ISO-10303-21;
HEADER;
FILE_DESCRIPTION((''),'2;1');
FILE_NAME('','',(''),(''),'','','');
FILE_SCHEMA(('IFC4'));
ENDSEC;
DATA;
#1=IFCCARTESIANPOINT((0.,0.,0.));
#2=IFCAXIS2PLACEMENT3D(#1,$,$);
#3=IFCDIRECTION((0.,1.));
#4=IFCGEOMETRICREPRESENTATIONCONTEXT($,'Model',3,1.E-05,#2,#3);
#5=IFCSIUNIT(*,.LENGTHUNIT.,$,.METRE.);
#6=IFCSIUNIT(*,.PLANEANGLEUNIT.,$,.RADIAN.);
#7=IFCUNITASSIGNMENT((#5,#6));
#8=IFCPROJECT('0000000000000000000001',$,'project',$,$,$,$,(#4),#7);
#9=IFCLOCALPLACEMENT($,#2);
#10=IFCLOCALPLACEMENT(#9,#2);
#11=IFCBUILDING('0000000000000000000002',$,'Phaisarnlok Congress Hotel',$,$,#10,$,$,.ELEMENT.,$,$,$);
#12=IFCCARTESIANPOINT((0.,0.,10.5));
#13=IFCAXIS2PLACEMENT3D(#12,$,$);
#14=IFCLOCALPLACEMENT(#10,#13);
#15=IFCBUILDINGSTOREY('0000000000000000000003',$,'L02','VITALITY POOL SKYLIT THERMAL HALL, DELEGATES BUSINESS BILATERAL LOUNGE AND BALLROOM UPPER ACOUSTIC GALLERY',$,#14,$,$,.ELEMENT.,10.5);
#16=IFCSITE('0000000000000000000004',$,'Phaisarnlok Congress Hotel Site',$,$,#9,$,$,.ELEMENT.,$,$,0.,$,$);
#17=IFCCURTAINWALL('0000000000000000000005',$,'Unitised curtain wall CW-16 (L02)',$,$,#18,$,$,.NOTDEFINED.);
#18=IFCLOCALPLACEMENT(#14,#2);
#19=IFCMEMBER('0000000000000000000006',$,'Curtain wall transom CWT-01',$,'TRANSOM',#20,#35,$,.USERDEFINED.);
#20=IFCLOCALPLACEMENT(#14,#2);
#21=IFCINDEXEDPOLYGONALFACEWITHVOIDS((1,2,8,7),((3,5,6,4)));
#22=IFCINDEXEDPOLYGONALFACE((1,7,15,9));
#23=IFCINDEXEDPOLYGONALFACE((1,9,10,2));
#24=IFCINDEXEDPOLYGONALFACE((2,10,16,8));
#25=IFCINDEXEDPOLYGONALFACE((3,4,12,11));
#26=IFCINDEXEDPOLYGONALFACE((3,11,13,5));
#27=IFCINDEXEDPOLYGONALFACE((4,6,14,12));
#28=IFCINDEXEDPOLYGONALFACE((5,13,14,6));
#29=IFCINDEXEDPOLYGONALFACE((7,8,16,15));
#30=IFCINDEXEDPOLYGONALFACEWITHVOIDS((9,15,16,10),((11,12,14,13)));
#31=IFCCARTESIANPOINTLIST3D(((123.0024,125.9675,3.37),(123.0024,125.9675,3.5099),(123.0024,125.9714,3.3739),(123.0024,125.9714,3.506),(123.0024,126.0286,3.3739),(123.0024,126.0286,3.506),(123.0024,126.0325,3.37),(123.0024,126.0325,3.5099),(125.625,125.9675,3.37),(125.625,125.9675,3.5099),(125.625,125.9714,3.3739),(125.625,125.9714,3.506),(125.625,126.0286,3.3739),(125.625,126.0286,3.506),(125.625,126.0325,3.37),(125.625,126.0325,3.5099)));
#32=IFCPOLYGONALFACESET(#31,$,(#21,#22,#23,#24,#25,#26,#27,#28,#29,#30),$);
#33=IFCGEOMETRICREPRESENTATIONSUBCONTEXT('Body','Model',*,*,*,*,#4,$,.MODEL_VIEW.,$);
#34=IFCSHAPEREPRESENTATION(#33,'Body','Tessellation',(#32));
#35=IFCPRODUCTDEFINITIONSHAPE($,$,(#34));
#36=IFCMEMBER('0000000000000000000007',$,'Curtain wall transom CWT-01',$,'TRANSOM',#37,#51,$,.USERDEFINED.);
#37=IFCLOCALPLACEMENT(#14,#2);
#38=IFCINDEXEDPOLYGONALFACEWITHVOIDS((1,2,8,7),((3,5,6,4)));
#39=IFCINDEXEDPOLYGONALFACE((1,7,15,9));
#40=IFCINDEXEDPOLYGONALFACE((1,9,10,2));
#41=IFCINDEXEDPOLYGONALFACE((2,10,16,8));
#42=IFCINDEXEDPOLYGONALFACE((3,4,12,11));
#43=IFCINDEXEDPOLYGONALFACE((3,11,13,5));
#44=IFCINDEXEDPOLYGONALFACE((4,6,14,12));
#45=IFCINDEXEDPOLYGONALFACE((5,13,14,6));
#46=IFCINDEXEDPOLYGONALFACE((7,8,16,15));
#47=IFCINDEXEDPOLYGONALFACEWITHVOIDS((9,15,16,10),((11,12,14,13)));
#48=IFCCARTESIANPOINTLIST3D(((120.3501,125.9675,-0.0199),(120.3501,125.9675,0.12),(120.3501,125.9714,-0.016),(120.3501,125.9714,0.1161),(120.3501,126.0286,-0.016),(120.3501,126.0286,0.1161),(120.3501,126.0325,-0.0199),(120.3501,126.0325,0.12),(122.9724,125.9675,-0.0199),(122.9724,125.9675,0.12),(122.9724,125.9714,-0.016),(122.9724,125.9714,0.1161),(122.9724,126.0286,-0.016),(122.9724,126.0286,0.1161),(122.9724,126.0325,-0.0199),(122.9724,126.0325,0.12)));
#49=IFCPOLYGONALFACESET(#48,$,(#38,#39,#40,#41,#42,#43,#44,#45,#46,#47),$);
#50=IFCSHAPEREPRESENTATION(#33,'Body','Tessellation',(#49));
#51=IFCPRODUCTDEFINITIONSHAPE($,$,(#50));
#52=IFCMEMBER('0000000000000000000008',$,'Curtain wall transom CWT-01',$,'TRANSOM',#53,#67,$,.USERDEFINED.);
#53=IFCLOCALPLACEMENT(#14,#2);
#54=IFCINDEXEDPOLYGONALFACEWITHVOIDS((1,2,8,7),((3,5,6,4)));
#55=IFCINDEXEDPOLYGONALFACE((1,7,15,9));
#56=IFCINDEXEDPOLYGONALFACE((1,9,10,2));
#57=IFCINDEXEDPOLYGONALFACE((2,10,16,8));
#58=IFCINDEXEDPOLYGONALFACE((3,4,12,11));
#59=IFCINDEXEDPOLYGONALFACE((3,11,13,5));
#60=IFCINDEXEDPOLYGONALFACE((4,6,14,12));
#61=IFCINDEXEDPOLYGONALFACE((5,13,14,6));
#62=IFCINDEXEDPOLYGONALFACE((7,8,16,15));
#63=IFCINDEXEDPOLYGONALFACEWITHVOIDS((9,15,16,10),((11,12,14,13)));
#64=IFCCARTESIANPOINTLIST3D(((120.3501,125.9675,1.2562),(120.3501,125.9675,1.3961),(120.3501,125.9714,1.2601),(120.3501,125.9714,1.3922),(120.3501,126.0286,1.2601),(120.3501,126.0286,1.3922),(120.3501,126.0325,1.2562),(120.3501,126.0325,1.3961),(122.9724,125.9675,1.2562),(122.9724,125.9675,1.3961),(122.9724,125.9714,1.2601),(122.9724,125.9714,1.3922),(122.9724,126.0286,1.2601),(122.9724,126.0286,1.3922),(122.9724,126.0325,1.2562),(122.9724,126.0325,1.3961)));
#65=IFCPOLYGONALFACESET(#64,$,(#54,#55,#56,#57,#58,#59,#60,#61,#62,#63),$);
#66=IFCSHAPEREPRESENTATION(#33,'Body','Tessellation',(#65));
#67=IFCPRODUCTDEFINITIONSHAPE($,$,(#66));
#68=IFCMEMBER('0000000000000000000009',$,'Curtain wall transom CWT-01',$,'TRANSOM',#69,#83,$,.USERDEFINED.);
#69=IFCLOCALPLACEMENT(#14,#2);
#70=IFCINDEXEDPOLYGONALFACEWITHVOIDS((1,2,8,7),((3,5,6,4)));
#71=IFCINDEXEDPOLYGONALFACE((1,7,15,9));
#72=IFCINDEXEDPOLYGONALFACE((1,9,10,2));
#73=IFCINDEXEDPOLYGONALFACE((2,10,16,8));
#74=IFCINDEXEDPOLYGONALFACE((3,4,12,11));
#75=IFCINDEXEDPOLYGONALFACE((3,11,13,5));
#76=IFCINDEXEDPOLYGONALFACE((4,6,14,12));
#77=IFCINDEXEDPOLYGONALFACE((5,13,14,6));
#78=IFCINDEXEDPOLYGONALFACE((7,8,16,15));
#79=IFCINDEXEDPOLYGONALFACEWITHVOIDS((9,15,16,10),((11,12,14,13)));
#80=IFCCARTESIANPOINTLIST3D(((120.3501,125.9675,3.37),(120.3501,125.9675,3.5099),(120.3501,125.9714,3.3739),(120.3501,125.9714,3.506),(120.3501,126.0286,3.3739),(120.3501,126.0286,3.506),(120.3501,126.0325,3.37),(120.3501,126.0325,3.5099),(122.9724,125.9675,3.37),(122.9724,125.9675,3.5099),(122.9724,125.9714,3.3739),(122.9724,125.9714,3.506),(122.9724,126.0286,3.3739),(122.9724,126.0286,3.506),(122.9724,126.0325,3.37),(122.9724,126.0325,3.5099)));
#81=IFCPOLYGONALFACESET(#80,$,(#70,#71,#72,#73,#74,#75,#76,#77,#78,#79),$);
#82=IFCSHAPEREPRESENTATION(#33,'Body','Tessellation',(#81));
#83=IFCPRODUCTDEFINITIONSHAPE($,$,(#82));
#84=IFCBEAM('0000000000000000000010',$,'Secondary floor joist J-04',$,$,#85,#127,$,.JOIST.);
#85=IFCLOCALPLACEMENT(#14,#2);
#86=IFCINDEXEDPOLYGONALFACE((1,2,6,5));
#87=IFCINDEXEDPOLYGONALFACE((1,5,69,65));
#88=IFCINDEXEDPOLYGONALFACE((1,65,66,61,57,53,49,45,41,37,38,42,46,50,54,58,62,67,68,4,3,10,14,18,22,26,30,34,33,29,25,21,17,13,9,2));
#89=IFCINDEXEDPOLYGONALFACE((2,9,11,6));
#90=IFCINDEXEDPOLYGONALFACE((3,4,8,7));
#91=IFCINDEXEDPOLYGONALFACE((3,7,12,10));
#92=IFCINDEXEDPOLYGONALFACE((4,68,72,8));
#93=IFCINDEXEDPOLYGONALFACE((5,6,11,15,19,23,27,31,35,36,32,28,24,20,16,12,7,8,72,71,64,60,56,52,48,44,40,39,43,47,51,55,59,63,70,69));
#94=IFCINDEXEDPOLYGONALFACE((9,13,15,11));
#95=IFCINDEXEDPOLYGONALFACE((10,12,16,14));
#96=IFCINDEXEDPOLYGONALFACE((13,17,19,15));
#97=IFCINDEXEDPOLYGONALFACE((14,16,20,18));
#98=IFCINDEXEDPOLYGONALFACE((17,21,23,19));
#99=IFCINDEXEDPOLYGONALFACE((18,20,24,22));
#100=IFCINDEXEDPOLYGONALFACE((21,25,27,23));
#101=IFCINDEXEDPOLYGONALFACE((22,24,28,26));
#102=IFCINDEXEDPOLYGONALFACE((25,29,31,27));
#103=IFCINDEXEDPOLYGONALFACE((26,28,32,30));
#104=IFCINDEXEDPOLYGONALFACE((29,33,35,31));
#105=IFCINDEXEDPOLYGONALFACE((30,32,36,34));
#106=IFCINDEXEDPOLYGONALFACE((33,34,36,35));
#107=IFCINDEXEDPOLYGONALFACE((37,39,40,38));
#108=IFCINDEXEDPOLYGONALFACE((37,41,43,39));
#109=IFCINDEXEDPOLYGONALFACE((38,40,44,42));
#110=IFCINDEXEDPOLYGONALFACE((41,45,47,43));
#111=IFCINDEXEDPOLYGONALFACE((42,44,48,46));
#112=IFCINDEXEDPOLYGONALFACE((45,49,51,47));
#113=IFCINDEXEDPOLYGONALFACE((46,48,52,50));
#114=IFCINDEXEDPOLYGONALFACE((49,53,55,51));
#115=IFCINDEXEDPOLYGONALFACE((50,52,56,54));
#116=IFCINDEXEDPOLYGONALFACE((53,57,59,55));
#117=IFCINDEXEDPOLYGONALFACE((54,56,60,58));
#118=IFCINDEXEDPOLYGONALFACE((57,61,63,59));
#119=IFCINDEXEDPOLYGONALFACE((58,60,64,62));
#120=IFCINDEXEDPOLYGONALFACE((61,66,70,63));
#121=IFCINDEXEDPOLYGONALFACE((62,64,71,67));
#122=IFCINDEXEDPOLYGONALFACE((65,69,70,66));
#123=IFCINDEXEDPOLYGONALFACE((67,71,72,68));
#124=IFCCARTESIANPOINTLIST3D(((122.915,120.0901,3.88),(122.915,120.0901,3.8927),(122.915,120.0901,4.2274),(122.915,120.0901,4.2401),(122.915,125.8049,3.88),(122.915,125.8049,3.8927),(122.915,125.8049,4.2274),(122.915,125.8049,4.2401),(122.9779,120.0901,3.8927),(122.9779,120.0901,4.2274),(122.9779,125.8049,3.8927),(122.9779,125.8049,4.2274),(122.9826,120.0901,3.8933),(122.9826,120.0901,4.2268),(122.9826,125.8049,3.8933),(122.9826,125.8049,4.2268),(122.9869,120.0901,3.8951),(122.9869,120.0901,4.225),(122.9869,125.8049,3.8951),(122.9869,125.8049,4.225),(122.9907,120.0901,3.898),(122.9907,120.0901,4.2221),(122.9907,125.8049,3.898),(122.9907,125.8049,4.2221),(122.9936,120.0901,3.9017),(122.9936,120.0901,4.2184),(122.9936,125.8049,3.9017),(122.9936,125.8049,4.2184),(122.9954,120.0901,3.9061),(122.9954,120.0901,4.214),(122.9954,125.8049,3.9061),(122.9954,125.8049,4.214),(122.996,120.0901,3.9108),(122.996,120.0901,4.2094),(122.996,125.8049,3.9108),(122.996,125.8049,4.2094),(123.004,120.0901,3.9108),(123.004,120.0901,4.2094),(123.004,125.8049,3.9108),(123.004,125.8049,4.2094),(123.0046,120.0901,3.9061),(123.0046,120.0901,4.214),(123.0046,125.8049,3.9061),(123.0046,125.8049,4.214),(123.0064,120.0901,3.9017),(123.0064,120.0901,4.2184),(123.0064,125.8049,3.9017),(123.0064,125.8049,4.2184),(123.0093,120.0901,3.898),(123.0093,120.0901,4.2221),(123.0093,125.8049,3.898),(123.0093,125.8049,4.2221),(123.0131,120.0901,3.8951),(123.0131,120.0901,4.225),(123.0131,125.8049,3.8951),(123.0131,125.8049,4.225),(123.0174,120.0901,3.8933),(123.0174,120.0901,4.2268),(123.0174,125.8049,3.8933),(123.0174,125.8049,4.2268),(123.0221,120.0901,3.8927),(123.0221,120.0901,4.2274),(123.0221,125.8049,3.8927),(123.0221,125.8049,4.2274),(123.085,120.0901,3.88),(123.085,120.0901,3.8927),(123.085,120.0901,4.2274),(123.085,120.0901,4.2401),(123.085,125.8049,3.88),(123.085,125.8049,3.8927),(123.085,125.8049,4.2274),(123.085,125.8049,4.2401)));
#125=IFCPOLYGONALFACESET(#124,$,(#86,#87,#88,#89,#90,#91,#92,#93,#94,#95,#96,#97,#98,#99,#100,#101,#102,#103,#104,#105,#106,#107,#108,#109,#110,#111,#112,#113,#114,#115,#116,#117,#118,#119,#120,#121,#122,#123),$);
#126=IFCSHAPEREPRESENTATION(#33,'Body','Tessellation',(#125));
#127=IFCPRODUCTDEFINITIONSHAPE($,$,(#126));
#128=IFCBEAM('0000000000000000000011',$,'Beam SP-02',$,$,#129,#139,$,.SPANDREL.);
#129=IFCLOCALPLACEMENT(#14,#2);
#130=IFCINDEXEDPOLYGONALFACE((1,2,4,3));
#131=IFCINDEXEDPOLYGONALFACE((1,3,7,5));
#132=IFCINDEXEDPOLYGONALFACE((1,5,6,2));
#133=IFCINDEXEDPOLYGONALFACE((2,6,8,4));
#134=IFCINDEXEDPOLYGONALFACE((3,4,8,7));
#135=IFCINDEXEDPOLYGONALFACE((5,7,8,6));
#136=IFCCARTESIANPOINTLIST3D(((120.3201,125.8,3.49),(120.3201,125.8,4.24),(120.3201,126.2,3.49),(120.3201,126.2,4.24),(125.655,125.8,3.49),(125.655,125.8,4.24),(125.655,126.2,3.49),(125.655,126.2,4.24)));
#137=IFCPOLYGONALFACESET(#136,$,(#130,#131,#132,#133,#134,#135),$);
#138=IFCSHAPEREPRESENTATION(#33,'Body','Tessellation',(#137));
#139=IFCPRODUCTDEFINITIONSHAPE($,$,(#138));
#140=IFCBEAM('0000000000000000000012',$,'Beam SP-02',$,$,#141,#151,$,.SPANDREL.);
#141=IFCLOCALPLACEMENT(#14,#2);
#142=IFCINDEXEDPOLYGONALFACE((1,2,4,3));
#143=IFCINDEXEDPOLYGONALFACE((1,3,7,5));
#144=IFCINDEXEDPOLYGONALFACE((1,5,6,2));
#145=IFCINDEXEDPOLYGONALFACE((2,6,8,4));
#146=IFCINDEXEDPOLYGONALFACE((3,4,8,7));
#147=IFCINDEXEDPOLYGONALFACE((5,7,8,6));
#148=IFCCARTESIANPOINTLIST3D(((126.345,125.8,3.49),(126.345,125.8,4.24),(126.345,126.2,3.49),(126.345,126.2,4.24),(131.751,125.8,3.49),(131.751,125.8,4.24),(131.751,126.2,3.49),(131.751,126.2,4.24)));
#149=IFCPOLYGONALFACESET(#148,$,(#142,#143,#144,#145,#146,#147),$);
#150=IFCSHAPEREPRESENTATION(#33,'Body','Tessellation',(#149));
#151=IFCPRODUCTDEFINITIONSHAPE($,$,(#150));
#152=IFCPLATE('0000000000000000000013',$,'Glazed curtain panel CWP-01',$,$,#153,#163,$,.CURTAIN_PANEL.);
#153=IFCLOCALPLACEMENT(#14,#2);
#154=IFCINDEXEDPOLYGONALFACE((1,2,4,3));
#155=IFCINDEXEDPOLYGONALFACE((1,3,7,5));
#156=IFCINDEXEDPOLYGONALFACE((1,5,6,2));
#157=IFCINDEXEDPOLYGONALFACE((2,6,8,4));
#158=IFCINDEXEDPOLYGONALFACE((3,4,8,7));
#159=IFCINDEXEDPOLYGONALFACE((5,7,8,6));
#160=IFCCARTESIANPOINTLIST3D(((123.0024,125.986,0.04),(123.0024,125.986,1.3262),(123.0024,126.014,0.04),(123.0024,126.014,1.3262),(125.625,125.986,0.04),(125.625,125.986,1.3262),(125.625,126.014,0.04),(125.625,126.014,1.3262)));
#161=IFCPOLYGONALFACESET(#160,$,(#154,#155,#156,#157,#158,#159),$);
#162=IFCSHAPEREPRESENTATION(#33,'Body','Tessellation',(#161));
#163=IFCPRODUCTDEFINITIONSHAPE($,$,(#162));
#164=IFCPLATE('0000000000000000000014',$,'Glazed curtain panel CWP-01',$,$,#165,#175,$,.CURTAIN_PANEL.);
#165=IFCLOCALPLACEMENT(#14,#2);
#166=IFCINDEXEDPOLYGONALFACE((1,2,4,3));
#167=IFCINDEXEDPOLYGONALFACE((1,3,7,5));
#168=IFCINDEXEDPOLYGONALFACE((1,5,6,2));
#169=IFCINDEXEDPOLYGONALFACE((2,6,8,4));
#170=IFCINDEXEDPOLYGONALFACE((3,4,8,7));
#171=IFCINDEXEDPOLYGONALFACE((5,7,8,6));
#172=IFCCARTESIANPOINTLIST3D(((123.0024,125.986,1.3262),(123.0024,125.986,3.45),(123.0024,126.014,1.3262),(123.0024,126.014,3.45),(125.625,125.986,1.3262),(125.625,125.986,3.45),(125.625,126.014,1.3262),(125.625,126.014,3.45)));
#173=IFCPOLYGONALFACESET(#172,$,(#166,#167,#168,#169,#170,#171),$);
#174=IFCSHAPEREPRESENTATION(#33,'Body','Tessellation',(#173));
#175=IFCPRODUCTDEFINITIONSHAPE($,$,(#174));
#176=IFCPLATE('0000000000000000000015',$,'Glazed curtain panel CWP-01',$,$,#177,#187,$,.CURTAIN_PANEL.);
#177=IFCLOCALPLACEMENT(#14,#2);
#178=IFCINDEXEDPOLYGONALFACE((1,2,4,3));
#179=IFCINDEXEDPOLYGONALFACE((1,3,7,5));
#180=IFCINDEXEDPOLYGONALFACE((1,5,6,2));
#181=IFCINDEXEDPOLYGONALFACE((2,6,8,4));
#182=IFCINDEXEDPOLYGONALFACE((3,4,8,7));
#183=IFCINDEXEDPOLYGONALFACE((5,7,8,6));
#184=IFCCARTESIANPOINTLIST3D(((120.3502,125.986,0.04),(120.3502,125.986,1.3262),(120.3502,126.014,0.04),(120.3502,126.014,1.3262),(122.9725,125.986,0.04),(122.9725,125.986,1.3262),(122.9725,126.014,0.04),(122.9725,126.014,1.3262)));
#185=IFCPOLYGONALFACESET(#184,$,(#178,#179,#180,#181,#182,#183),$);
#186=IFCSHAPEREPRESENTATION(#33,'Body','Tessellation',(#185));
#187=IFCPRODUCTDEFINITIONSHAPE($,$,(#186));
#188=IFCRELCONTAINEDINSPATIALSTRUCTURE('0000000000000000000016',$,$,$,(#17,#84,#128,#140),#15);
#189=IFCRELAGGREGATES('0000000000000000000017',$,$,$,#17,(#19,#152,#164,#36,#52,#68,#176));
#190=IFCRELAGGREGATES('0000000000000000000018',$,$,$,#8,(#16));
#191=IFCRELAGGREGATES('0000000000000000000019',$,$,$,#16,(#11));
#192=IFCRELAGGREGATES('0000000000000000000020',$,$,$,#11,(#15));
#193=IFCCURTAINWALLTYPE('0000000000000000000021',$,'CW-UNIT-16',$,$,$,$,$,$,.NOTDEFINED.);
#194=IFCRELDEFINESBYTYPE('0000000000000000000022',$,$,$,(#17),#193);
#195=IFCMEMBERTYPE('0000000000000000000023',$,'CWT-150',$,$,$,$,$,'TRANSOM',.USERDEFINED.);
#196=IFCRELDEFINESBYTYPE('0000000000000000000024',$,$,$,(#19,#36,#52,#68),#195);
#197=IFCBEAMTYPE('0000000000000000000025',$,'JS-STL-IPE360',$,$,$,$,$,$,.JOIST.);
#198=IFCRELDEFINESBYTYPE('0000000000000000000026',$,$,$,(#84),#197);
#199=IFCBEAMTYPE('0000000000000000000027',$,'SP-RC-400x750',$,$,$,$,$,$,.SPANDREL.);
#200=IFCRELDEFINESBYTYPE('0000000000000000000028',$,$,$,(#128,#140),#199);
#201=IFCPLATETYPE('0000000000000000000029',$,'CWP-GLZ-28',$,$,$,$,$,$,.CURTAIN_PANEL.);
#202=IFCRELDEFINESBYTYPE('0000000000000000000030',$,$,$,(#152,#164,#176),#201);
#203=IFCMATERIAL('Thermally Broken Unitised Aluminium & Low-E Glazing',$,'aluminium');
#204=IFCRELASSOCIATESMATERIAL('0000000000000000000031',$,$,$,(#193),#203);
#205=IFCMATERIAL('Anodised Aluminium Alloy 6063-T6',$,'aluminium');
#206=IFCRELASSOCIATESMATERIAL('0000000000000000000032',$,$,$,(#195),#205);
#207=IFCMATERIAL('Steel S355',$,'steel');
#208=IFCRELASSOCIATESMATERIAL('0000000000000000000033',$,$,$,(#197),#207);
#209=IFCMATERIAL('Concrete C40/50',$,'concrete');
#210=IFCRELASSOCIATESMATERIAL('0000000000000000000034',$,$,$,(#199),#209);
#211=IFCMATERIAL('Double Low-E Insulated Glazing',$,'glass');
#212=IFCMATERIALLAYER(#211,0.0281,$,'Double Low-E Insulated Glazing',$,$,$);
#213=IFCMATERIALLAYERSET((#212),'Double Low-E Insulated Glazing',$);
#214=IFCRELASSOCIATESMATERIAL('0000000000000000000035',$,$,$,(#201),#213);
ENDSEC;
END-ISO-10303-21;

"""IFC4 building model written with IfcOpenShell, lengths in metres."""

from ifc_helpers import new_model, si_unit, direction, frame, frame_2d, origin, origin_2d, place, context, subcontext, project, spatial, rectangle, hollow_rectangle, i_section, extrude, material, layer, layer_set, material_profile, profile_set, type_object, element, aggregate, save


model = new_model("IFC4")

# Units and contexts
model_context = context("Model", 3, precision=1e-05, world=origin(), true_north=direction((0.0, 1.0)))
body_context = subcontext(model_context, "Body", "Model", "MODEL_VIEW")
ifc_project = project(units=[si_unit("LENGTHUNIT", "METRE"), si_unit("PLANEANGLEUNIT", "RADIAN")], contexts=[model_context])

# Site, building, storey
site_placement = place(None, origin())
site = spatial("IfcSite", under=ifc_project, at=site_placement, Name="Phaisarnlok Congress Hotel Site", CompositionType="ELEMENT", RefElevation=0.0)
building_placement = place(site_placement, origin())
building = spatial("IfcBuilding", under=site, at=building_placement, Name="Phaisarnlok Congress Hotel", CompositionType="ELEMENT")
storey_placement = place(building_placement, frame((0.0, 0.0, 10.5)))
storey = spatial("IfcBuildingStorey", under=building, at=storey_placement, Name="L02", Description="VITALITY POOL SKYLIT THERMAL HALL, DELEGATES BUSINESS BILATERAL LOUNGE AND BALLROOM UPPER ACOUSTIC GALLERY", CompositionType="ELEMENT", Elevation=10.5)

# Shared definitions
ifc_material_1 = material(Name="Steel S355", Category="steel")

# Curtain wall, members
ifc_material_2 = material(Name="Thermally Broken Unitised Aluminium & Low-E Glazing", Category="aluminium")
curtain_wall_type = type_object("IfcCurtainWallType", Name="CW-UNIT-16", PredefinedType="NOTDEFINED", material=ifc_material_2)
curtain_wall_placement = place(storey_placement, origin())
curtain_wall = element("IfcCurtainWall", 1, at=curtain_wall_placement, inside=storey, type_object=curtain_wall_type, Name="Unitised curtain wall CW-16 (L02)", PredefinedType="NOTDEFINED")
ifc_material_3 = material(Name="Anodised Aluminium Alloy 6063-T6", Category="aluminium")
ifc_material_profile_1 = material_profile(ifc_material_3, hollow_rectangle(XDim=0.0649, YDim=0.1399, WallThickness=0.0039, at=origin_2d()), Name="ALU-T 65x140x4")
ifc_profile_set_1 = profile_set([ifc_material_profile_1], Name="Anodised Aluminium Alloy 6063-T6")
member_type_1 = type_object("IfcMemberType", Name="CWT-150", ElementType="TRANSOM", PredefinedType="USERDEFINED", material=ifc_profile_set_1)
member_1_placement = place(storey_placement, frame((125.625, 126.0, 3.4399), z_axis=(-1.0, 0.0, 0.0), x_axis=(0.0, -1.0, 0.0)))
member_1 = element("IfcMember", 2, at=member_1_placement, type_object=member_type_1, Name="Curtain wall transom CWT-01", ObjectType="TRANSOM", PredefinedType="USERDEFINED", context=body_context, shape_type="SweptSolid", body=[
    extrude(hollow_rectangle(XDim=0.0649, YDim=0.1399, WallThickness=0.0039, at=origin_2d()), origin(), (0.0, 0.0, 1.0), 2.6226),
])
member_2_placement = place(storey_placement, frame((122.9724, 126.0, 0.05), z_axis=(-1.0, 0.0, 0.0), x_axis=(0.0, -1.0, 0.0)))
member_2 = element("IfcMember", 3, at=member_2_placement, type_object=member_type_1, Name="Curtain wall transom CWT-01", ObjectType="TRANSOM", PredefinedType="USERDEFINED", context=body_context, shape_type="SweptSolid", body=[
    extrude(hollow_rectangle(XDim=0.0649, YDim=0.1399, WallThickness=0.0039, at=origin_2d()), origin(), (0.0, 0.0, 1.0), 2.6223),
])
member_3_placement = place(storey_placement, frame((122.9724, 126.0, 1.3262), z_axis=(-1.0, 0.0, 0.0), x_axis=(0.0, -1.0, 0.0)))
member_3 = element("IfcMember", 4, at=member_3_placement, type_object=member_type_1, Name="Curtain wall transom CWT-01", ObjectType="TRANSOM", PredefinedType="USERDEFINED", context=body_context, shape_type="SweptSolid", body=[
    extrude(hollow_rectangle(XDim=0.0649, YDim=0.1399, WallThickness=0.0039, at=origin_2d()), origin(), (0.0, 0.0, 1.0), 2.6223),
])
member_4_placement = place(storey_placement, frame((122.9724, 126.0, 3.4399), z_axis=(-1.0, 0.0, 0.0), x_axis=(0.0, -1.0, 0.0)))
member_4 = element("IfcMember", 5, at=member_4_placement, type_object=member_type_1, Name="Curtain wall transom CWT-01", ObjectType="TRANSOM", PredefinedType="USERDEFINED", context=body_context, shape_type="SweptSolid", body=[
    extrude(hollow_rectangle(XDim=0.0649, YDim=0.1399, WallThickness=0.0039, at=origin_2d()), origin(), (0.0, 0.0, 1.0), 2.6223),
])

# Beams
ifc_material_profile_2 = material_profile(ifc_material_1, i_section(OverallWidth=0.1699, OverallDepth=0.3601, WebThickness=0.0081, FlangeThickness=0.0127, FilletRadius=0.0181, at=origin_2d()), Name="IPE 360")
ifc_profile_set_2 = profile_set([ifc_material_profile_2], Name="Steel S355")
beam_type_1 = type_object("IfcBeamType", Name="JS-STL-IPE360", PredefinedType="JOIST", material=ifc_profile_set_2)
beam_1_placement = place(storey_placement, frame((123.0, 120.0901, 4.0601), z_axis=(0.0, 1.0, 0.0), x_axis=(-1.0, 0.0, 0.0)))
element("IfcBeam", 6, at=beam_1_placement, inside=storey, type_object=beam_type_1, Name="Secondary floor joist J-04", PredefinedType="JOIST", context=body_context, shape_type="SweptSolid", body=[
    extrude(i_section(OverallWidth=0.1699, OverallDepth=0.3601, WebThickness=0.0081, FlangeThickness=0.0127, FilletRadius=0.0181, at=origin_2d()), origin(), (0.0, 0.0, 1.0), 5.7148),
])
ifc_material_4 = material(Name="Concrete C40/50", Category="concrete")
ifc_material_profile_3 = material_profile(ifc_material_4, rectangle(XDim=0.3999, YDim=0.75, at=origin_2d()), Name="RC 400x750")
ifc_profile_set_3 = profile_set([ifc_material_profile_3], Name="Concrete C40/50")
beam_type_2 = type_object("IfcBeamType", Name="SP-RC-400x750", PredefinedType="SPANDREL", material=ifc_profile_set_3)
beam_2_placement = place(storey_placement, frame((120.3201, 126.0, 3.865), z_axis=(1.0, 0.0, 0.0), x_axis=(0.0, 1.0, 0.0)))
element("IfcBeam", 7, at=beam_2_placement, inside=storey, type_object=beam_type_2, Name="Beam SP-02", PredefinedType="SPANDREL", context=body_context, shape_type="SweptSolid", body=[
    extrude(rectangle(XDim=0.3999, YDim=0.75, at=origin_2d()), origin(), (0.0, 0.0, 1.0), 5.335),
])
beam_3_placement = place(storey_placement, frame((126.345, 126.0, 3.865), z_axis=(1.0, 0.0, 0.0), x_axis=(0.0, 1.0, 0.0)))
element("IfcBeam", 8, at=beam_3_placement, inside=storey, type_object=beam_type_2, Name="Beam SP-02", PredefinedType="SPANDREL", context=body_context, shape_type="SweptSolid", body=[
    extrude(rectangle(XDim=0.3999, YDim=0.75, at=origin_2d()), origin(), (0.0, 0.0, 1.0), 5.406),
])

# Plates
ifc_material_5 = material(Name="Double Low-E Insulated Glazing", Category="glass")
ifc_layer = layer(ifc_material_5, 0.0281, Name="Double Low-E Insulated Glazing")
ifc_layer_set = layer_set([ifc_layer], Name="Double Low-E Insulated Glazing")
plate_type = type_object("IfcPlateType", Name="CWP-GLZ-28", PredefinedType="CURTAIN_PANEL", material=ifc_layer_set)
plate_1_placement = place(storey_placement, frame((125.625, 126.0, 0.04), z_axis=(0.0, 0.0, 1.0), x_axis=(-1.0, 0.0, 0.0)))
plate_1 = element("IfcPlate", 9, at=plate_1_placement, type_object=plate_type, Name="Glazed curtain panel CWP-01", PredefinedType="CURTAIN_PANEL", context=body_context, shape_type="SweptSolid", body=[
    extrude(rectangle(XDim=2.6226, YDim=0.0281, at=frame_2d((1.3113, 0.0))), origin(), (0.0, 0.0, 1.0), 1.2861),
])
plate_2_placement = place(storey_placement, frame((125.625, 126.0, 1.3262), z_axis=(0.0, 0.0, 1.0), x_axis=(-1.0, 0.0, 0.0)))
plate_2 = element("IfcPlate", 10, at=plate_2_placement, type_object=plate_type, Name="Glazed curtain panel CWP-01", PredefinedType="CURTAIN_PANEL", context=body_context, shape_type="SweptSolid", body=[
    extrude(rectangle(XDim=2.6226, YDim=0.0281, at=frame_2d((1.3113, 0.0))), origin(), (0.0, 0.0, 1.0), 2.1238),
])
plate_3_placement = place(storey_placement, frame((122.9724, 126.0, 0.04), z_axis=(0.0, 0.0, 1.0), x_axis=(-1.0, 0.0, 0.0)))
plate_3 = element("IfcPlate", 11, at=plate_3_placement, type_object=plate_type, Name="Glazed curtain panel CWP-01", PredefinedType="CURTAIN_PANEL", context=body_context, shape_type="SweptSolid", body=[
    extrude(rectangle(XDim=2.6223, YDim=0.0281, at=frame_2d((1.311, 0.0))), origin(), (0.0, 0.0, 1.0), 1.2861),
])
aggregate(curtain_wall, [member_1, plate_1, plate_2, member_2, member_3, member_4, plate_3])

save(model, "model.ifc")
